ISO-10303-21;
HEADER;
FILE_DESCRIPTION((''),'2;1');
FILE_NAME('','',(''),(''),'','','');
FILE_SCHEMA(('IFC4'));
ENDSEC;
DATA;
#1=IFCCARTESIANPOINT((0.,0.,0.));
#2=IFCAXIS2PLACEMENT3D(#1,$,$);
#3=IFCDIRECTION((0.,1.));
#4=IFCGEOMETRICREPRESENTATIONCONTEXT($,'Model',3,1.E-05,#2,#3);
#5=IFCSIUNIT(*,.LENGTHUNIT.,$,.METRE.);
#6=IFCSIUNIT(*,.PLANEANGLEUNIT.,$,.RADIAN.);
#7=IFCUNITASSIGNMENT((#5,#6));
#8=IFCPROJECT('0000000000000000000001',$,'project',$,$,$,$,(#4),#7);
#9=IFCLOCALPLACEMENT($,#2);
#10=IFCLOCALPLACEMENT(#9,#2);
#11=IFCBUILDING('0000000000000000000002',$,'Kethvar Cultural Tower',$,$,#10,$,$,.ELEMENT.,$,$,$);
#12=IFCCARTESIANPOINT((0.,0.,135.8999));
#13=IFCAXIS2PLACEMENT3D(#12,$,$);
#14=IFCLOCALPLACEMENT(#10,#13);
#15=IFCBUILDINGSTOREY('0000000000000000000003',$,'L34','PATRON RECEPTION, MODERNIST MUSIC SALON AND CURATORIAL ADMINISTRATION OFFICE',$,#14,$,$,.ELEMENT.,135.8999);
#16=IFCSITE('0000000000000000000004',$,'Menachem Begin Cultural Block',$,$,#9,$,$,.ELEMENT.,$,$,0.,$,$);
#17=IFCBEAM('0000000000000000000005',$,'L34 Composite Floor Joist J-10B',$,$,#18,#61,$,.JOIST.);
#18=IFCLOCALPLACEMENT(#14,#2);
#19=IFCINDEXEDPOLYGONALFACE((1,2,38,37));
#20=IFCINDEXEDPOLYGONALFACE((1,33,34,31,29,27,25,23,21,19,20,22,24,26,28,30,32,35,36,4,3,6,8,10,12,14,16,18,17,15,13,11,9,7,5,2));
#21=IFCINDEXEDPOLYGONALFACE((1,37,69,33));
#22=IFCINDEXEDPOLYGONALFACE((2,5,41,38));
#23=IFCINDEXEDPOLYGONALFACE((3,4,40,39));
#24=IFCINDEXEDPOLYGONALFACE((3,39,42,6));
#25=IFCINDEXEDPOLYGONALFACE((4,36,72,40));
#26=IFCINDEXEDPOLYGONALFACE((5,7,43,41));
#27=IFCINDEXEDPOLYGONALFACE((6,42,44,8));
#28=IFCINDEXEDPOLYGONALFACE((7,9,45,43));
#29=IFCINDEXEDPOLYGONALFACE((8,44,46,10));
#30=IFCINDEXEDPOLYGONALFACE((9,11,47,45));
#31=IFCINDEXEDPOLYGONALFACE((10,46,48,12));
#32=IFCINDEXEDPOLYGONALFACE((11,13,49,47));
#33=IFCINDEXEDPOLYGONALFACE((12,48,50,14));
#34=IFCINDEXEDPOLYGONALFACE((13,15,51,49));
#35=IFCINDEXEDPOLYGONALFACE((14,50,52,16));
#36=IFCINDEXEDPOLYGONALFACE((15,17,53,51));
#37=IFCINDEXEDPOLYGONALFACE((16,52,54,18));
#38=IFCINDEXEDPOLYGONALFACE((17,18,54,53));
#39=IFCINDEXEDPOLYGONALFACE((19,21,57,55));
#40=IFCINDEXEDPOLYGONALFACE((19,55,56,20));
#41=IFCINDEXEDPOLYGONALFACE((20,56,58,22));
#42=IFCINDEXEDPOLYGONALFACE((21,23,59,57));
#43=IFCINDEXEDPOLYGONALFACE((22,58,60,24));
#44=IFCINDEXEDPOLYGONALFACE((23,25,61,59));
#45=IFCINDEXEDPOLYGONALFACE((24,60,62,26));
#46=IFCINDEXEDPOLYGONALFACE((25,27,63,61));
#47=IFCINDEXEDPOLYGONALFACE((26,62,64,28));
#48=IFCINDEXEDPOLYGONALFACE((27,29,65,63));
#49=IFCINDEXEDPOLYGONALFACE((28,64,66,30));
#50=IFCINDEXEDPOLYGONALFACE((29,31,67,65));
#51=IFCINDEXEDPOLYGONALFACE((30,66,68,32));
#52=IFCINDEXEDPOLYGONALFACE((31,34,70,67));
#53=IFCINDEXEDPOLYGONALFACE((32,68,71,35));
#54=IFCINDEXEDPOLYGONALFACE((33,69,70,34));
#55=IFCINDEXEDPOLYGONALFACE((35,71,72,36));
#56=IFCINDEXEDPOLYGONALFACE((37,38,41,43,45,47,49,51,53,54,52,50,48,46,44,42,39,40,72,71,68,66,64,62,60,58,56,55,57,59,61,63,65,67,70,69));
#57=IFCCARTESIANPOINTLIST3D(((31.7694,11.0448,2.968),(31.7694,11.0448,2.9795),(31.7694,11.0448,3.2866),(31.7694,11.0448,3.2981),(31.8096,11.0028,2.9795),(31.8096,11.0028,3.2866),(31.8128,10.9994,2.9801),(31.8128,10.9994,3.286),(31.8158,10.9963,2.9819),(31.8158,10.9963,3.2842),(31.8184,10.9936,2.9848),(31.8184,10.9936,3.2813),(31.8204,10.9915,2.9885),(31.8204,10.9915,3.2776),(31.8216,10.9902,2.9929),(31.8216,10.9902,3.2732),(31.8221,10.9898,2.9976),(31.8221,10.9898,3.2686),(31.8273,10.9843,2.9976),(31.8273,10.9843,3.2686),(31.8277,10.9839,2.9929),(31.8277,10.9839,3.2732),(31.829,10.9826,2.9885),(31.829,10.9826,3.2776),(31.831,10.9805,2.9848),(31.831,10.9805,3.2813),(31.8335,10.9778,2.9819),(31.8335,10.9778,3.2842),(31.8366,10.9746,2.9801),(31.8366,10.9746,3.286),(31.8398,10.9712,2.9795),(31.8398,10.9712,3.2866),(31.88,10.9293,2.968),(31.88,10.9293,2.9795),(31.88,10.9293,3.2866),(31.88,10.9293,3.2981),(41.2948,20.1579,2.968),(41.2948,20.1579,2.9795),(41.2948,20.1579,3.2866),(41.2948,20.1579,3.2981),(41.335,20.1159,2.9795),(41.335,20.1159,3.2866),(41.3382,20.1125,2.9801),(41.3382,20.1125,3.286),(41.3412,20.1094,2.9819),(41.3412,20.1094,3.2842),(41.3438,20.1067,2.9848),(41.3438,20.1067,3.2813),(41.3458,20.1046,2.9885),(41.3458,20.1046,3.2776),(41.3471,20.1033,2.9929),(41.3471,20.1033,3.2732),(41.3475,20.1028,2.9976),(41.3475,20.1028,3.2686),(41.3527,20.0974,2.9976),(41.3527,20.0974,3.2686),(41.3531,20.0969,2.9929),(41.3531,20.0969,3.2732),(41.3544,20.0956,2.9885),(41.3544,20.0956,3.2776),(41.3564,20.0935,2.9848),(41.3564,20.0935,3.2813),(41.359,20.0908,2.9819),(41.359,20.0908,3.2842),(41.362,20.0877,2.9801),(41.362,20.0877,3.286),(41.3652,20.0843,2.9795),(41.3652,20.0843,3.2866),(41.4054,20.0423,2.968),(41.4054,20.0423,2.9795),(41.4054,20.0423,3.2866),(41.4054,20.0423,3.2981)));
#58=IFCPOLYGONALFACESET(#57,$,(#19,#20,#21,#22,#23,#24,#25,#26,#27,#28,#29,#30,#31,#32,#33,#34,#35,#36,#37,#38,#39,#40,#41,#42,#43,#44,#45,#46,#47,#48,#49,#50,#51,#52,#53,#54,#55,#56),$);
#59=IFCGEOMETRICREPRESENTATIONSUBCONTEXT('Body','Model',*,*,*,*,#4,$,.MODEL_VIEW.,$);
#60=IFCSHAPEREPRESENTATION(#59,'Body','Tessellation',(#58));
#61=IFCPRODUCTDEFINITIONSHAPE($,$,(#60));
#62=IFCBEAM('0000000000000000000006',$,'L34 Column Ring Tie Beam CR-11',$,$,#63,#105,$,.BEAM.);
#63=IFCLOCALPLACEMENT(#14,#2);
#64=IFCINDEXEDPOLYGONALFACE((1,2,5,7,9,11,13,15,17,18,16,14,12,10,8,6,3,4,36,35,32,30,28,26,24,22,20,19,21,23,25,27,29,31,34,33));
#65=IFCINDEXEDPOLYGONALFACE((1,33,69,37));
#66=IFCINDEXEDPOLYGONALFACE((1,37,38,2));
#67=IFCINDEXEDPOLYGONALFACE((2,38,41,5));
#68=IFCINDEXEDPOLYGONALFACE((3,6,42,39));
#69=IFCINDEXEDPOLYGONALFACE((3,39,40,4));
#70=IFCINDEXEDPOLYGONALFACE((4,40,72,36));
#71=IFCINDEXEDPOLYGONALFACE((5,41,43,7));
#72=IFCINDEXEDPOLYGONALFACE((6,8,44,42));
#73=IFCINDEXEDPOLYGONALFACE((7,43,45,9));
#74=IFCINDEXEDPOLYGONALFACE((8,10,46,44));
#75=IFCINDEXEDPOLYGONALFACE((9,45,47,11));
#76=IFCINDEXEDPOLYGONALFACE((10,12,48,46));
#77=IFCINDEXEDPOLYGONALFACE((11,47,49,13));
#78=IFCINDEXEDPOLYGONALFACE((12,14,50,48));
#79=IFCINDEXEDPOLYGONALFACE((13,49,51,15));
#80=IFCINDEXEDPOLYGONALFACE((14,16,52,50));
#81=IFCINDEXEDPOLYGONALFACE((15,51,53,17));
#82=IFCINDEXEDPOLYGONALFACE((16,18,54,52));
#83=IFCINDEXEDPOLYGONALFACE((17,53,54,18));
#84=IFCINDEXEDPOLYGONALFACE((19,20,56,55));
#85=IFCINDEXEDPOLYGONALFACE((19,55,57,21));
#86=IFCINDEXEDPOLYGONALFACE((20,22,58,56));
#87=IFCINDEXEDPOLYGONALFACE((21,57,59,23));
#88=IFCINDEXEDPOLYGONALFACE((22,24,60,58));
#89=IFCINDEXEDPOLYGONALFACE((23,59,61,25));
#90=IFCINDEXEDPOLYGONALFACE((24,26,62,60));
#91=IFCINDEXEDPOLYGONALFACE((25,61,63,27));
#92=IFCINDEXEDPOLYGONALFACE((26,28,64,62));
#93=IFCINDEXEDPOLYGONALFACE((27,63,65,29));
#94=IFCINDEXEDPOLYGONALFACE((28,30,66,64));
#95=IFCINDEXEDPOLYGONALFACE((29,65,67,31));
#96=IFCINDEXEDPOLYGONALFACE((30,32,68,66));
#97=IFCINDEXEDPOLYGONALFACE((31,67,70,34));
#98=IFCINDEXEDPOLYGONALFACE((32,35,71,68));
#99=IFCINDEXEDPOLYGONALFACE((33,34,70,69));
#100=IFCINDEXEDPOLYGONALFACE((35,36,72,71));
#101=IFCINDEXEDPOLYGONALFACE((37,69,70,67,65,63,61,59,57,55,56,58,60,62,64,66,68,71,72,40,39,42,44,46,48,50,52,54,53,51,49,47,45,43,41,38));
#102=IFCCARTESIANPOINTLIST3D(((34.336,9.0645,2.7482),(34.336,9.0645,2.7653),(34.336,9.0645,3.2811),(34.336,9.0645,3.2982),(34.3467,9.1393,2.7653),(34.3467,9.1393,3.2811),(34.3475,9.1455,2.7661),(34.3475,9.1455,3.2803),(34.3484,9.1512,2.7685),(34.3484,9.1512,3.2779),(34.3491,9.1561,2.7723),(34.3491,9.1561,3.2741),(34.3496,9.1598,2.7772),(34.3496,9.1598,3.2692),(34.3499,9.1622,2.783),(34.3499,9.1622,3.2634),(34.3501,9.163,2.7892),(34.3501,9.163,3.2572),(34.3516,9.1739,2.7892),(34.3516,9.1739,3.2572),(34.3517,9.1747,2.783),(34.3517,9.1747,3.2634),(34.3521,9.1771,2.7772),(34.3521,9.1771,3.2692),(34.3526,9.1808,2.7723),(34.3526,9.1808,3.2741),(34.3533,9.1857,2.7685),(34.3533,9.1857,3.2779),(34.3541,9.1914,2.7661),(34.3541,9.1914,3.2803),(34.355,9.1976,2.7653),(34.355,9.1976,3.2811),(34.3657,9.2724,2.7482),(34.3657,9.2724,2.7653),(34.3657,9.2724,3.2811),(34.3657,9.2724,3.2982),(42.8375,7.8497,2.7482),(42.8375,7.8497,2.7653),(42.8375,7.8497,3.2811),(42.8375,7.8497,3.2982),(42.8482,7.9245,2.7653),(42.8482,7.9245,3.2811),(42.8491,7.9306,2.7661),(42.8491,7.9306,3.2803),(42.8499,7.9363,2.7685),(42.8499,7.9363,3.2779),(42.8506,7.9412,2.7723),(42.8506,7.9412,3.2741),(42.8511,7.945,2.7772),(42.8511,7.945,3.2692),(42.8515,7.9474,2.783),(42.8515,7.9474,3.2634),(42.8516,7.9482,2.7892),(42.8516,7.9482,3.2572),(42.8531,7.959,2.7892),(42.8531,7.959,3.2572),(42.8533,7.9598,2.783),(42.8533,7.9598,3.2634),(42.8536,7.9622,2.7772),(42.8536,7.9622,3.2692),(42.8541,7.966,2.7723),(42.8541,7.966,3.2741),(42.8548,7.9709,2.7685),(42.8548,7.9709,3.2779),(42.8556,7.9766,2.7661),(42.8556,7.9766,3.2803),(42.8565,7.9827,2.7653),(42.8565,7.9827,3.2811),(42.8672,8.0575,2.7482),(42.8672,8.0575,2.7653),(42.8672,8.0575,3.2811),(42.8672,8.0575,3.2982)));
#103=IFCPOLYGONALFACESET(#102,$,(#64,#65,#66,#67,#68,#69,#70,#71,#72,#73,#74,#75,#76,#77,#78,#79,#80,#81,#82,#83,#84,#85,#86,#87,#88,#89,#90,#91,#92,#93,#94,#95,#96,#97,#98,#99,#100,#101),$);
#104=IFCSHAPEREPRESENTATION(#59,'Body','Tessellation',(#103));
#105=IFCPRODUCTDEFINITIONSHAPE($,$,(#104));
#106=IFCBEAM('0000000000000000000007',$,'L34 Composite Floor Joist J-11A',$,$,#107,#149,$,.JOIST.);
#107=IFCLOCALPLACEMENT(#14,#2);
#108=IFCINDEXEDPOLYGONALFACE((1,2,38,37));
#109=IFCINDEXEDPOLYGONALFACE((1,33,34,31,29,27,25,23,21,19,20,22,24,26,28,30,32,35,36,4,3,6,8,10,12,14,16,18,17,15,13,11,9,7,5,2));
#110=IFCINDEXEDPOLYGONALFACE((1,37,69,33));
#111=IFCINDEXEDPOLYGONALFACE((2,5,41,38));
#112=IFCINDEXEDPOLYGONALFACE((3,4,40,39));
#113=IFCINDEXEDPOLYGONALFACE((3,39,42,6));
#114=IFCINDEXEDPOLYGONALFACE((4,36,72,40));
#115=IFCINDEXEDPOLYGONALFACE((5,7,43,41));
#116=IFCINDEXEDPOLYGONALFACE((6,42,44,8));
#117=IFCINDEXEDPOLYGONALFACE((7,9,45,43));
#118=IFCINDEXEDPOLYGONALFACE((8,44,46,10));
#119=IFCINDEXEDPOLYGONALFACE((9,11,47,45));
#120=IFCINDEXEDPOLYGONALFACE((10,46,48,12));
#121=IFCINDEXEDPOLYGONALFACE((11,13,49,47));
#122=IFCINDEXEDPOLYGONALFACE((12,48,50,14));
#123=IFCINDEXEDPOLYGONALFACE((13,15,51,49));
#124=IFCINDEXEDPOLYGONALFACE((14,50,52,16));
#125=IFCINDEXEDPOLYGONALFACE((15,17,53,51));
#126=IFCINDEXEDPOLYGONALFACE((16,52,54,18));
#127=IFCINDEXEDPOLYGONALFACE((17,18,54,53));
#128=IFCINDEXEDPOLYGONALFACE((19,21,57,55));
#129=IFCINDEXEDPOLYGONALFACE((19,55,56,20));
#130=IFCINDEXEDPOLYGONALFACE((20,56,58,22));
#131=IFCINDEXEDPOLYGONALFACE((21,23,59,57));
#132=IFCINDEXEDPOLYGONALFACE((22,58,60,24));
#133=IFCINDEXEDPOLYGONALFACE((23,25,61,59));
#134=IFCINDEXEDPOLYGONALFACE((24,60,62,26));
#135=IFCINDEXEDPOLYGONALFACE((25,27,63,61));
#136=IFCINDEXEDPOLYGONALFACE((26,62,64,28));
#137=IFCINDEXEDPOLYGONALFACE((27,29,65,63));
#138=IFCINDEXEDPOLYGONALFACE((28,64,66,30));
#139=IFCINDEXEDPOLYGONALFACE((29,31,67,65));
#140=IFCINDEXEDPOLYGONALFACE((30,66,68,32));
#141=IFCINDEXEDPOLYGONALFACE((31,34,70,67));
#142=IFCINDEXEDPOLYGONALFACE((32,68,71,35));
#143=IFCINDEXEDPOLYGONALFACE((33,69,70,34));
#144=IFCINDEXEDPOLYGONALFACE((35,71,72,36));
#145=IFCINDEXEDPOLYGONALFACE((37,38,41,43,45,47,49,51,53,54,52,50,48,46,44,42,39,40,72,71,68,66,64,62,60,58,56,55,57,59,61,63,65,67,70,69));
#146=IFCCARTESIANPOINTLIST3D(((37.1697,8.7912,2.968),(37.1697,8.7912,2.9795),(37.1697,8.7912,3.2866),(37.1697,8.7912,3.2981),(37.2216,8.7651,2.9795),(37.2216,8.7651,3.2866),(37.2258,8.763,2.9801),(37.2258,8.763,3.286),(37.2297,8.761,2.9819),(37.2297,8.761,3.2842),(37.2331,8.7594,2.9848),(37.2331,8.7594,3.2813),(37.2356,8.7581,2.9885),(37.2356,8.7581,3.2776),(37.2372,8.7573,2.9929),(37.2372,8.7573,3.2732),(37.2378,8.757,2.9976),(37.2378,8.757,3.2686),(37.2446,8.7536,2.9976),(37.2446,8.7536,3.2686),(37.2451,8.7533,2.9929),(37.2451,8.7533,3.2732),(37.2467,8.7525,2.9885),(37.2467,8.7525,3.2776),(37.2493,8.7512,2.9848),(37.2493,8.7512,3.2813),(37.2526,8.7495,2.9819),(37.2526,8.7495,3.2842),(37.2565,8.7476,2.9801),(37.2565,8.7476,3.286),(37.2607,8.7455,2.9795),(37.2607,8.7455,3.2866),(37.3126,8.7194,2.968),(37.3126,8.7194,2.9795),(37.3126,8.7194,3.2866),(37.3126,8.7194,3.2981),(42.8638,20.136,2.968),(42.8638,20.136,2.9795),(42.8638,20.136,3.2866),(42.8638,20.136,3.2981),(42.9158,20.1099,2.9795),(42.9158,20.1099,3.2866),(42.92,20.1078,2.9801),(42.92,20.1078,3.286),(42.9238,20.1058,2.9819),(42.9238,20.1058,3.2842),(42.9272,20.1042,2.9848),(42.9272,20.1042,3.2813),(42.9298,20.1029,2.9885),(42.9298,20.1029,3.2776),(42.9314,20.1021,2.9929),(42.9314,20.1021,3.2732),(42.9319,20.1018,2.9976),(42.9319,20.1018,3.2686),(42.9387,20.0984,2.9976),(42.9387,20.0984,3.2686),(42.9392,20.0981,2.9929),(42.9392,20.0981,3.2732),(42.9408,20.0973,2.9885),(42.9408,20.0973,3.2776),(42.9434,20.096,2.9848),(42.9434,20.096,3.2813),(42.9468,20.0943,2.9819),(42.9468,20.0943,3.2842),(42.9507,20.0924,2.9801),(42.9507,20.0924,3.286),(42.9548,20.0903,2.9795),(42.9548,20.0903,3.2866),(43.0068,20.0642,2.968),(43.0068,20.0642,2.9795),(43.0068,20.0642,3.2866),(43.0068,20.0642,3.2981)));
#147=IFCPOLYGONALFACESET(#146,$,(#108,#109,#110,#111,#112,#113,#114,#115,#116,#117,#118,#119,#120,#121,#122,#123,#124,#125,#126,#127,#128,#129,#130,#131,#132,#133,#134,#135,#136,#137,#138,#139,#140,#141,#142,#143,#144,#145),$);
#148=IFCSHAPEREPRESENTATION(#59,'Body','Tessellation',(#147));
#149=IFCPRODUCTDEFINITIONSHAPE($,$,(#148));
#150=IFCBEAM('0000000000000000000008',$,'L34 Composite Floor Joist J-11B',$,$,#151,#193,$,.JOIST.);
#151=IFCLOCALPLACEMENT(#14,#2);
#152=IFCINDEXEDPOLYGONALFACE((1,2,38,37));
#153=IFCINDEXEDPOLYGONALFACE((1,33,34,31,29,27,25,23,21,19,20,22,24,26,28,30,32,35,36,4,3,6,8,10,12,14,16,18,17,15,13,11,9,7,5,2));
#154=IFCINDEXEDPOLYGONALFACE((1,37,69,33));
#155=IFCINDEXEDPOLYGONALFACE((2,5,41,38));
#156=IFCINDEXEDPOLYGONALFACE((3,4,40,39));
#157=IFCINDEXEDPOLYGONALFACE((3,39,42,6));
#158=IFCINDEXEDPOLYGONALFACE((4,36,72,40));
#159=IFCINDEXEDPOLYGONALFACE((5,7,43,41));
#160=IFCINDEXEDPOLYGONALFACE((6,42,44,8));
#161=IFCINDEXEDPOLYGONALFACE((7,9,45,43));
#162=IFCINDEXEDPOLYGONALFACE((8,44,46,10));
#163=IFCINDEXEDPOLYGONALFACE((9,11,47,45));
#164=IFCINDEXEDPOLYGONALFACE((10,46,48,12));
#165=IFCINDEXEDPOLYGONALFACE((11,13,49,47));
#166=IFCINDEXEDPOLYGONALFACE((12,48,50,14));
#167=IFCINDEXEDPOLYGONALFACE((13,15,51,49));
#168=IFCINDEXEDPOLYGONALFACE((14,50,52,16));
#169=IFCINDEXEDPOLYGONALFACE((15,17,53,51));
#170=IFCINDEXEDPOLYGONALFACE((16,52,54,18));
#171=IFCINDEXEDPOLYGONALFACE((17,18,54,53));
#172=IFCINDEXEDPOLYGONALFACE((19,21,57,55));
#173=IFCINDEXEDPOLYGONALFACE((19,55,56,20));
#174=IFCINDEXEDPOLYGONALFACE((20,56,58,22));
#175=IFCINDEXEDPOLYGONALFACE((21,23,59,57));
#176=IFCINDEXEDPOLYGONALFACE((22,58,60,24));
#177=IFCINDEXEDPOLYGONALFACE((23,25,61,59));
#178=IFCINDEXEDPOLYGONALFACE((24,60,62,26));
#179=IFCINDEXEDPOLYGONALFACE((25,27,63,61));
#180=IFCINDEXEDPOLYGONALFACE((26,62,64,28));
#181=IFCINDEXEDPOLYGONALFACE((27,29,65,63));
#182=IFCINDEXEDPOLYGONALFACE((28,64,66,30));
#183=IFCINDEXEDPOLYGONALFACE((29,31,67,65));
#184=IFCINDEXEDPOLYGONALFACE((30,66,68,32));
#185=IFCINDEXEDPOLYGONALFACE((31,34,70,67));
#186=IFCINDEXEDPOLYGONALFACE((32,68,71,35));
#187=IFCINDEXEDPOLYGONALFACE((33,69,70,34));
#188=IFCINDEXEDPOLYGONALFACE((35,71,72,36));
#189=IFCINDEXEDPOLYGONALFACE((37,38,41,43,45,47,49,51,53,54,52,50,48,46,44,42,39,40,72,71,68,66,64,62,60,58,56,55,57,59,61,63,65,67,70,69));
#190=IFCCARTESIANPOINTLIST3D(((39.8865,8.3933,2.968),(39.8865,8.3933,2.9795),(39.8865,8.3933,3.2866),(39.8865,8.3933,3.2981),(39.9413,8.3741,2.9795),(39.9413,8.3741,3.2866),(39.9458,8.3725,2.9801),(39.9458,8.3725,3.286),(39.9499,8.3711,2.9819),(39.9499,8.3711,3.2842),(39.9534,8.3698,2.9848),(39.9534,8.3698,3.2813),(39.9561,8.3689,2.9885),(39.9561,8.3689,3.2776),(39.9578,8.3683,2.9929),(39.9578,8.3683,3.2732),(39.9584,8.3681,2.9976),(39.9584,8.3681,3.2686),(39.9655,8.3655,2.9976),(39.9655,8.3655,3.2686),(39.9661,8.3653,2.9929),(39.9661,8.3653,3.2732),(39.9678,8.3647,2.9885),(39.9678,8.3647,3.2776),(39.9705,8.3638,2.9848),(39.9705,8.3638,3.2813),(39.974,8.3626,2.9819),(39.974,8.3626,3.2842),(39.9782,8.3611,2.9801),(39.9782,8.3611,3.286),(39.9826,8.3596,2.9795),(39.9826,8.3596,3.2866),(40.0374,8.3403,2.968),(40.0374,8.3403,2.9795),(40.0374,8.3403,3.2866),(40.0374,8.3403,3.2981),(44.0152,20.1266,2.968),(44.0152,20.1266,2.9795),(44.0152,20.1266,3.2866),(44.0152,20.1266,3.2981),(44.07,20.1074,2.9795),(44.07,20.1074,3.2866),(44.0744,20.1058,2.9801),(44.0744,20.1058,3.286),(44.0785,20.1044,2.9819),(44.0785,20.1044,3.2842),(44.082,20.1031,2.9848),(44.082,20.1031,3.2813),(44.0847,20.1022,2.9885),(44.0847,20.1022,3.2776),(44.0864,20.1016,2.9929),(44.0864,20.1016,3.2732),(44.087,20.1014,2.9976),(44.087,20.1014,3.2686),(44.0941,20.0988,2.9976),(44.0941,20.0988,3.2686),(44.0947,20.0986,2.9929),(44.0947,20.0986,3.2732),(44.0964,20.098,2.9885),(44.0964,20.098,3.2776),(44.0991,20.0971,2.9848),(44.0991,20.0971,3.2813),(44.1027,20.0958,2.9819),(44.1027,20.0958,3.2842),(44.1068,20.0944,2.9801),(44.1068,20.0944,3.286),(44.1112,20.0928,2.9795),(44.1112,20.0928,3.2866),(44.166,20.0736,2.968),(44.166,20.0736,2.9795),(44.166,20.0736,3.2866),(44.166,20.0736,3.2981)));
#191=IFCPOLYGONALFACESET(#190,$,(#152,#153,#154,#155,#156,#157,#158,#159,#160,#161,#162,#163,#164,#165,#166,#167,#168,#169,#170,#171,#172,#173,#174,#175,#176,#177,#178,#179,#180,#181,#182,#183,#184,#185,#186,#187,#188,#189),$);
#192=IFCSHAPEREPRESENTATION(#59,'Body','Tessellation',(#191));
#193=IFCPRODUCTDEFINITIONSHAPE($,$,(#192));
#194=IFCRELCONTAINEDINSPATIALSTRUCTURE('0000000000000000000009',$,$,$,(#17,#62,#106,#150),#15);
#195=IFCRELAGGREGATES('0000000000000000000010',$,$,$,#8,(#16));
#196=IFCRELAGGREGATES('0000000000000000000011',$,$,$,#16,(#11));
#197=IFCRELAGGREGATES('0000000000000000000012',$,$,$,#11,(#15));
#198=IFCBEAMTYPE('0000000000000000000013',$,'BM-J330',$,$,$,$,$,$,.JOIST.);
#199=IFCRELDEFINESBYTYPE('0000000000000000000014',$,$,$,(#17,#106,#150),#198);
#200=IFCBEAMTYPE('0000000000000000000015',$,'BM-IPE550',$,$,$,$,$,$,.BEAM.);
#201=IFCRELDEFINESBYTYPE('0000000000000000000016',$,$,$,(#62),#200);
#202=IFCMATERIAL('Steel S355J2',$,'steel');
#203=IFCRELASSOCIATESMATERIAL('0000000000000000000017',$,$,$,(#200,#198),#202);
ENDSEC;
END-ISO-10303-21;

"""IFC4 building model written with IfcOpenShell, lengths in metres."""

from ifc_helpers import new_model, si_unit, direction, frame, origin, origin_2d, place, context, subcontext, project, spatial, i_section, extrude, source, transform, mapped, material, material_profile, profile_set, type_object, element, save


model = new_model("IFC4")

# Units and contexts
model_context = context("Model", 3, precision=1e-05, world=origin(), true_north=direction((0.0, 1.0)))
body_context = subcontext(model_context, "Body", "Model", "MODEL_VIEW")
ifc_project = project(units=[si_unit("LENGTHUNIT", "METRE"), si_unit("PLANEANGLEUNIT", "RADIAN")], contexts=[model_context])

# Site, building, storey
site_placement = place(None, origin())
site = spatial("IfcSite", under=ifc_project, at=site_placement, Name="Menachem Begin Cultural Block", CompositionType="ELEMENT", RefElevation=0.0)
building_placement = place(site_placement, origin())
building = spatial("IfcBuilding", under=site, at=building_placement, Name="Kethvar Cultural Tower", CompositionType="ELEMENT")
storey_placement = place(building_placement, frame((0.0, 0.0, 135.8999)))
storey = spatial("IfcBuildingStorey", under=building, at=storey_placement, Name="L34", Description="PATRON RECEPTION, MODERNIST MUSIC SALON AND CURATORIAL ADMINISTRATION OFFICE", CompositionType="ELEMENT", Elevation=135.8999)

# Beams
ifc_material_1 = material(Name="Steel S355J2", Category="steel")
ifc_material_profile_1 = material_profile(ifc_material_1, i_section(OverallWidth=0.21, OverallDepth=0.55, WebThickness=0.011, FlangeThickness=0.0171, FilletRadius=0.0239, at=origin_2d()), Name="Steel S355J2 — IPE550")
ifc_profile_set_1 = profile_set([ifc_material_profile_1], Name="Steel S355J2 — IPE550")
beam_type_1 = type_object("IfcBeamType", Name="BM-IPE550", PredefinedType="BEAM", material=ifc_profile_set_1)
ifc_material_profile_2 = material_profile(ifc_material_1, i_section(OverallWidth=0.1599, OverallDepth=0.3301, WebThickness=0.0076, FlangeThickness=0.0115, FilletRadius=0.0181, at=origin_2d()), Name="Steel S355J2 — IPE330")
ifc_profile_set_2 = profile_set([ifc_material_profile_2], Name="Steel S355J2 — IPE330")
beam_type_2 = type_object("IfcBeamType", Name="BM-J330", PredefinedType="JOIST", material=ifc_profile_set_2)
shared_shape_1 = source(origin(), body_context, "Body", "SweptSolid", [
    extrude(i_section(OverallWidth=0.1599, OverallDepth=0.3301, WebThickness=0.0076, FlangeThickness=0.0115, FilletRadius=0.0181, at=origin_2d()), origin(), (0.0, 0.0, 1.0), 13.1826),
])
beam_1_placement = place(storey_placement, frame((41.3501, 20.1001, 3.1331), z_axis=(-0.722574, -0.691294, 0.0), x_axis=(0.691294, -0.722574, 0.0)))
element("IfcBeam", 1, at=beam_1_placement, inside=storey, type_object=beam_type_2, Name="L34 Composite Floor Joist J-10B", PredefinedType="JOIST", context=body_context, shape_type="MappedRepresentation", body=[
    mapped(shared_shape_1, transform((0.0, 0.0, 0.0), scale=1.0)),
])
shared_shape_2 = source(origin(), body_context, "Body", "SweptSolid", [
    extrude(i_section(OverallWidth=0.21, OverallDepth=0.55, WebThickness=0.011, FlangeThickness=0.0171, FilletRadius=0.0239, at=origin_2d()), origin(), (0.0, 0.0, 1.0), 8.5879),
])
beam_2_placement = place(storey_placement, frame((34.3508, 9.1685, 3.0232), z_axis=(0.989944, -0.141461, 0.0), x_axis=(0.141461, 0.989944, 0.0)))
element("IfcBeam", 2, at=beam_2_placement, inside=storey, type_object=beam_type_1, Name="L34 Column Ring Tie Beam CR-11", PredefinedType="BEAM", context=body_context, shape_type="MappedRepresentation", body=[
    mapped(shared_shape_2, transform((0.0, 0.0, 0.0), scale=1.0)),
])
shared_shape_3 = source(origin(), body_context, "Body", "SweptSolid", [
    extrude(i_section(OverallWidth=0.1599, OverallDepth=0.3301, WebThickness=0.0076, FlangeThickness=0.0115, FilletRadius=0.0181, at=origin_2d()), origin(), (0.0, 0.0, 1.0), 12.6936),
])
beam_3_placement = place(storey_placement, frame((42.9353, 20.1001, 3.1331), z_axis=(-0.448582, -0.893741, 0.0), x_axis=(0.893741, -0.448582, 0.0)))
element("IfcBeam", 3, at=beam_3_placement, inside=storey, type_object=beam_type_2, Name="L34 Composite Floor Joist J-11A", PredefinedType="JOIST", context=body_context, shape_type="MappedRepresentation", body=[
    mapped(shared_shape_3, transform((0.0, 0.0, 0.0), scale=1.0)),
])
shared_shape_4 = source(origin(), body_context, "Body", "SweptSolid", [
    extrude(i_section(OverallWidth=0.1599, OverallDepth=0.3301, WebThickness=0.0076, FlangeThickness=0.0115, FilletRadius=0.0181, at=origin_2d()), origin(), (0.0, 0.0, 1.0), 12.4385),
])
beam_4_placement = place(storey_placement, frame((44.0906, 20.1001, 3.1331), z_axis=(-0.331924, -0.943306, 0.0), x_axis=(0.943306, -0.331924, 0.0)))
element("IfcBeam", 4, at=beam_4_placement, inside=storey, type_object=beam_type_2, Name="L34 Composite Floor Joist J-11B", PredefinedType="JOIST", context=body_context, shape_type="MappedRepresentation", body=[
    mapped(shared_shape_4, transform((0.0, 0.0, 0.0), scale=1.0)),
])

save(model, "model.ifc")
